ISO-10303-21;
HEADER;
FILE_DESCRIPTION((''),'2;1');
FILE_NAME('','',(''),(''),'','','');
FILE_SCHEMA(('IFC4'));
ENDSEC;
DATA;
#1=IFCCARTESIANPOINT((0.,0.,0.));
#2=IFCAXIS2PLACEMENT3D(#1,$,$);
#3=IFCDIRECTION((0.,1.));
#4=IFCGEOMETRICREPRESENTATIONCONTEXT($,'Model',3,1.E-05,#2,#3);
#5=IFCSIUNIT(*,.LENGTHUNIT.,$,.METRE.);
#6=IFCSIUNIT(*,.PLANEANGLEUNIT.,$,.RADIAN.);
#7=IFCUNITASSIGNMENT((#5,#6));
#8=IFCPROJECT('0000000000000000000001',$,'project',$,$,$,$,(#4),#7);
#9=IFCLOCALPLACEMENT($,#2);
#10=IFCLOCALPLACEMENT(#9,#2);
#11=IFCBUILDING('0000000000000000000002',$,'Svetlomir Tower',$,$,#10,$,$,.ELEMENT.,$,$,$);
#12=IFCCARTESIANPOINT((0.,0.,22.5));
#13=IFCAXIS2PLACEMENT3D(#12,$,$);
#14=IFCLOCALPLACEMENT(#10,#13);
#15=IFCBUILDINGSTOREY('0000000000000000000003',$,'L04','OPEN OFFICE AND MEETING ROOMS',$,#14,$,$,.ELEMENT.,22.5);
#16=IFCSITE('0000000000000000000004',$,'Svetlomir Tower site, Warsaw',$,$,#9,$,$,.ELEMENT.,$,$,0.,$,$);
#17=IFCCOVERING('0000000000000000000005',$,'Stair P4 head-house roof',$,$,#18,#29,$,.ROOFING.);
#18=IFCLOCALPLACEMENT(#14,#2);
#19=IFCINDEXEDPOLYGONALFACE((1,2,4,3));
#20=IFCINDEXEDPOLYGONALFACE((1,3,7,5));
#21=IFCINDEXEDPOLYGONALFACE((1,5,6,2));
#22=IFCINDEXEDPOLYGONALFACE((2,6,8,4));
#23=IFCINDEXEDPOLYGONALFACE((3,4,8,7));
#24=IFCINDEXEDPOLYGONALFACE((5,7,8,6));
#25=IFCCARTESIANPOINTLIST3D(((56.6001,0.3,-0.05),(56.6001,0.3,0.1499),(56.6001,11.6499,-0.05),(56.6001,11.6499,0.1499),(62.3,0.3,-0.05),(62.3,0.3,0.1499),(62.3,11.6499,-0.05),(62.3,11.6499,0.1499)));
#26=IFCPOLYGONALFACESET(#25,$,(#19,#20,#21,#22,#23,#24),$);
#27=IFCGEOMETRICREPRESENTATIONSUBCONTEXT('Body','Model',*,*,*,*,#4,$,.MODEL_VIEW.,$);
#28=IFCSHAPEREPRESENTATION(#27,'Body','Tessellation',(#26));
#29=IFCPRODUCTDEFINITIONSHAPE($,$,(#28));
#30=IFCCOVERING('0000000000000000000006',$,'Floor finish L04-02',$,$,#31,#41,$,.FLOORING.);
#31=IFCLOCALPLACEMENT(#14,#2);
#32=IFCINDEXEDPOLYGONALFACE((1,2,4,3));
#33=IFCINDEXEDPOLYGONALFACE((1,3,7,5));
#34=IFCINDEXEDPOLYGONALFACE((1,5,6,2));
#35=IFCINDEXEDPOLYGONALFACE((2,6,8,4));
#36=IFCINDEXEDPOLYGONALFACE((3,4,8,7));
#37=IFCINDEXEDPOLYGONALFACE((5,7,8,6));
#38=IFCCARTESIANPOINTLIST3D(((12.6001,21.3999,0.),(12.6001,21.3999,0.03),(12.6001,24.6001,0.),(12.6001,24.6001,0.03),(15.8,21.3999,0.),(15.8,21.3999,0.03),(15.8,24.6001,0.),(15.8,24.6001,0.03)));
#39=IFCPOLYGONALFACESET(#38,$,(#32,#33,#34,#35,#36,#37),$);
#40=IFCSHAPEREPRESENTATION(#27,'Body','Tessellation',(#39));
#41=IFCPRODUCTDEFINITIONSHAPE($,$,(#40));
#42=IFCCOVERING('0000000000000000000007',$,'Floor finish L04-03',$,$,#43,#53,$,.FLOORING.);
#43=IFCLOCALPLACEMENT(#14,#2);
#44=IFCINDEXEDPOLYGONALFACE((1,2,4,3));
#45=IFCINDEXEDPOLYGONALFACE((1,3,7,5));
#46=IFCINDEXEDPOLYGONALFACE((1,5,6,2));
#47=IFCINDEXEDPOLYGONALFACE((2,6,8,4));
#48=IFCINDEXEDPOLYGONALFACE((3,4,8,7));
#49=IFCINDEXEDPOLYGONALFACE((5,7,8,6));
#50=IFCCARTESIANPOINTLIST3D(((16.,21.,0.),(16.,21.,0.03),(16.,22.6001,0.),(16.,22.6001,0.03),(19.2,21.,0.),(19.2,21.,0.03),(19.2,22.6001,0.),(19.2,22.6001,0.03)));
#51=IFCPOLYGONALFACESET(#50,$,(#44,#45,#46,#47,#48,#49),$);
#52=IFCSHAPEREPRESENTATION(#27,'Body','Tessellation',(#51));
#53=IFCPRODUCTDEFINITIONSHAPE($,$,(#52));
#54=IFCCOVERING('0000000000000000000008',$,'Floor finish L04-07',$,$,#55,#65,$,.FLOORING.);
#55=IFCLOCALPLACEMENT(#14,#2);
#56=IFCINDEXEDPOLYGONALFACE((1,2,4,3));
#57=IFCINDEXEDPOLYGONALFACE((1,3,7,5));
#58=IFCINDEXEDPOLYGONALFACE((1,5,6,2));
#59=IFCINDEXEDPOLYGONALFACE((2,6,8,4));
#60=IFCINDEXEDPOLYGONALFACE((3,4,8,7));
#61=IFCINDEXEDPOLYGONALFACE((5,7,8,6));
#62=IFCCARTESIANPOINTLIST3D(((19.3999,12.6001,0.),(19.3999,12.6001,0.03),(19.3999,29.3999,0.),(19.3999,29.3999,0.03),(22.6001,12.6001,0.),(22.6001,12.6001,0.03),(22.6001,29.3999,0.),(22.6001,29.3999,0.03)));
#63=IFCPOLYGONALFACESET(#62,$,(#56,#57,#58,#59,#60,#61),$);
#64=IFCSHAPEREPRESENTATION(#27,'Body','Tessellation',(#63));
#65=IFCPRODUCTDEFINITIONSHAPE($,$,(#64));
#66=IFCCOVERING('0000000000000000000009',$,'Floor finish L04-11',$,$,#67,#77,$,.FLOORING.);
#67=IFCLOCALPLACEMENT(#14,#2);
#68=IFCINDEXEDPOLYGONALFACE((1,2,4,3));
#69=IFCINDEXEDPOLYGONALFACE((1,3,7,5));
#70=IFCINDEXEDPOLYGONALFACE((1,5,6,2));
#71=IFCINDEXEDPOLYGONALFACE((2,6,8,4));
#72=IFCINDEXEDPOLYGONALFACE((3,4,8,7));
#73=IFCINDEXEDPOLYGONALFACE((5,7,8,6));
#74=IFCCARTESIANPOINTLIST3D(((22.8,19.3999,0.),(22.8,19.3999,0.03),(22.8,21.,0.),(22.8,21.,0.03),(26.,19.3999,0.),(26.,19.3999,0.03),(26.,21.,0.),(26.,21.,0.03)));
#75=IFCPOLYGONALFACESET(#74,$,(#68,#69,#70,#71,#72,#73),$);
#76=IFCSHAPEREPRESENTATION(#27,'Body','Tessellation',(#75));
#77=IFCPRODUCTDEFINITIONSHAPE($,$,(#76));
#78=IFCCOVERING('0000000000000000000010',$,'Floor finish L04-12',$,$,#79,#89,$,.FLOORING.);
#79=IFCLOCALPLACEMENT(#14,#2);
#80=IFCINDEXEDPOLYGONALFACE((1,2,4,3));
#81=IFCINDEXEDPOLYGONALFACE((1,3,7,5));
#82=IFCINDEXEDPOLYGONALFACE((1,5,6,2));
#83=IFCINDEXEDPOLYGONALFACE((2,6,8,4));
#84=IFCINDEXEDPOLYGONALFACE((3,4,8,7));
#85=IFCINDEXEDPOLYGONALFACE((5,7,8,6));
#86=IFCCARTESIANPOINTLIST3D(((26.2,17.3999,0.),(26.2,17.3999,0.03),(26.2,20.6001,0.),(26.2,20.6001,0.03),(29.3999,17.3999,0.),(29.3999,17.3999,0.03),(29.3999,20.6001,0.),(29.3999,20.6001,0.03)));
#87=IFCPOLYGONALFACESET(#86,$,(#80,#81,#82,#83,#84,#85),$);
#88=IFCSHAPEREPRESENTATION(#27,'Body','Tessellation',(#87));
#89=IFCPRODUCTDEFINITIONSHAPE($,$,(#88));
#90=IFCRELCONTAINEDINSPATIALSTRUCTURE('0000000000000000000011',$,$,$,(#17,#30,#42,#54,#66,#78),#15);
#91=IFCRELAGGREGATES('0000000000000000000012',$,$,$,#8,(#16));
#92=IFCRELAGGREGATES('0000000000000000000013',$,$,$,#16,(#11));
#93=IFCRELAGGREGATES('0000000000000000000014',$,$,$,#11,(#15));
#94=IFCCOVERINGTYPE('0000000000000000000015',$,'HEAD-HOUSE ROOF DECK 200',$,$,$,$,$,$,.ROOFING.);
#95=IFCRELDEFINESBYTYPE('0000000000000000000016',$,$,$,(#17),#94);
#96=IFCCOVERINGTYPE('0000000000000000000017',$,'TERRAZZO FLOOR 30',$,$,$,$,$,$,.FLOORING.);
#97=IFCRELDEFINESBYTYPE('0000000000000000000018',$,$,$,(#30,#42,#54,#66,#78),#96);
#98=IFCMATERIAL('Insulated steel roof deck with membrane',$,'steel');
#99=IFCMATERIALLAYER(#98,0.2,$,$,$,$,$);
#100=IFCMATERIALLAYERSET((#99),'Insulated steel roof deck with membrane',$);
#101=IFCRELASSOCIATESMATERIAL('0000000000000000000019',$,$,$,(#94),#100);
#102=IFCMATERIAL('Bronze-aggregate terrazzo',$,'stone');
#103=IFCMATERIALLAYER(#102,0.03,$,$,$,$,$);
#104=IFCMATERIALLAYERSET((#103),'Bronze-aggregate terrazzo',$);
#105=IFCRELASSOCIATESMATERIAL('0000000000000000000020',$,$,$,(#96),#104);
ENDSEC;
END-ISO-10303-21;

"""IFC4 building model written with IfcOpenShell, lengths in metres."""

from ifc_helpers import new_model, si_unit, direction, frame, origin, place, context, subcontext, project, spatial, polyline, outline, extrude, material, layer, layer_set, type_object, element, save


model = new_model("IFC4")

# Units and contexts
model_context = context("Model", 3, precision=1e-05, world=origin(), true_north=direction((0.0, 1.0)))
body_context = subcontext(model_context, "Body", "Model", "MODEL_VIEW")
ifc_project = project(units=[si_unit("LENGTHUNIT", "METRE"), si_unit("PLANEANGLEUNIT", "RADIAN")], contexts=[model_context])

# Site, building, storey
site_placement = place(None, origin())
site = spatial("IfcSite", under=ifc_project, at=site_placement, Name="Svetlomir Tower site, Warsaw", CompositionType="ELEMENT", RefElevation=0.0)
building_placement = place(site_placement, origin())
building = spatial("IfcBuilding", under=site, at=building_placement, Name="Svetlomir Tower", CompositionType="ELEMENT")
storey_placement = place(building_placement, frame((0.0, 0.0, 22.5)))
storey = spatial("IfcBuildingStorey", under=building, at=storey_placement, Name="L04", Description="OPEN OFFICE AND MEETING ROOMS", CompositionType="ELEMENT", Elevation=22.5)

# Coverings
ifc_material_1 = material(Name="Insulated steel roof deck with membrane", Category="steel")
ifc_layer_1 = layer(ifc_material_1, 0.2)
ifc_layer_set_1 = layer_set([ifc_layer_1], Name="Insulated steel roof deck with membrane")
covering_type_1 = type_object("IfcCoveringType", Name="HEAD-HOUSE ROOF DECK 200", PredefinedType="ROOFING", material=ifc_layer_set_1)
covering_1_placement = place(storey_placement, frame((0.0, 0.0, -0.05)))
element("IfcCovering", 1, at=covering_1_placement, inside=storey, type_object=covering_type_1, Name="Stair P4 head-house roof", PredefinedType="ROOFING", context=body_context, shape_type="SweptSolid", body=[
    extrude(outline(polyline([(56.6001, 0.3), (62.3, 0.3), (62.3, 11.6499), (56.6001, 11.6499), (56.6001, 0.3)])), origin(), (0.0, 0.0, 1.0), 0.2),
])
ifc_material_2 = material(Name="Bronze-aggregate terrazzo", Category="stone")
ifc_layer_2 = layer(ifc_material_2, 0.03)
ifc_layer_set_2 = layer_set([ifc_layer_2], Name="Bronze-aggregate terrazzo")
covering_type_2 = type_object("IfcCoveringType", Name="TERRAZZO FLOOR 30", PredefinedType="FLOORING", material=ifc_layer_set_2)
covering_2_placement = place(storey_placement, origin())
element("IfcCovering", 2, at=covering_2_placement, inside=storey, type_object=covering_type_2, Name="Floor finish L04-02", PredefinedType="FLOORING", context=body_context, shape_type="SweptSolid", body=[
    extrude(outline(polyline([(12.6001, 21.3999), (15.8, 21.3999), (15.8, 24.6001), (12.6001, 24.6001), (12.6001, 21.3999)])), origin(), (0.0, 0.0, 1.0), 0.03),
])
covering_3_placement = place(storey_placement, origin())
element("IfcCovering", 3, at=covering_3_placement, inside=storey, type_object=covering_type_2, Name="Floor finish L04-03", PredefinedType="FLOORING", context=body_context, shape_type="SweptSolid", body=[
    extrude(outline(polyline([(16.0, 21.0), (19.2, 21.0), (19.2, 22.6001), (16.0, 22.6001), (16.0, 21.0)])), origin(), (0.0, 0.0, 1.0), 0.03),
])
covering_4_placement = place(storey_placement, origin())
element("IfcCovering", 4, at=covering_4_placement, inside=storey, type_object=covering_type_2, Name="Floor finish L04-07", PredefinedType="FLOORING", context=body_context, shape_type="SweptSolid", body=[
    extrude(outline(polyline([(19.3999, 12.6001), (22.6001, 12.6001), (22.6001, 29.3999), (19.3999, 29.3999), (19.3999, 12.6001)])), origin(), (0.0, 0.0, 1.0), 0.03),
])
covering_5_placement = place(storey_placement, origin())
element("IfcCovering", 5, at=covering_5_placement, inside=storey, type_object=covering_type_2, Name="Floor finish L04-11", PredefinedType="FLOORING", context=body_context, shape_type="SweptSolid", body=[
    extrude(outline(polyline([(22.8, 19.3999), (26.0, 19.3999), (26.0, 21.0), (22.8, 21.0), (22.8, 19.3999)])), origin(), (0.0, 0.0, 1.0), 0.03),
])
covering_6_placement = place(storey_placement, origin())
element("IfcCovering", 6, at=covering_6_placement, inside=storey, type_object=covering_type_2, Name="Floor finish L04-12", PredefinedType="FLOORING", context=body_context, shape_type="SweptSolid", body=[
    extrude(outline(polyline([(26.2, 17.3999), (29.3999, 17.3999), (29.3999, 20.6001), (26.2, 20.6001), (26.2, 17.3999)])), origin(), (0.0, 0.0, 1.0), 0.03),
])

save(model, "model.ifc")
